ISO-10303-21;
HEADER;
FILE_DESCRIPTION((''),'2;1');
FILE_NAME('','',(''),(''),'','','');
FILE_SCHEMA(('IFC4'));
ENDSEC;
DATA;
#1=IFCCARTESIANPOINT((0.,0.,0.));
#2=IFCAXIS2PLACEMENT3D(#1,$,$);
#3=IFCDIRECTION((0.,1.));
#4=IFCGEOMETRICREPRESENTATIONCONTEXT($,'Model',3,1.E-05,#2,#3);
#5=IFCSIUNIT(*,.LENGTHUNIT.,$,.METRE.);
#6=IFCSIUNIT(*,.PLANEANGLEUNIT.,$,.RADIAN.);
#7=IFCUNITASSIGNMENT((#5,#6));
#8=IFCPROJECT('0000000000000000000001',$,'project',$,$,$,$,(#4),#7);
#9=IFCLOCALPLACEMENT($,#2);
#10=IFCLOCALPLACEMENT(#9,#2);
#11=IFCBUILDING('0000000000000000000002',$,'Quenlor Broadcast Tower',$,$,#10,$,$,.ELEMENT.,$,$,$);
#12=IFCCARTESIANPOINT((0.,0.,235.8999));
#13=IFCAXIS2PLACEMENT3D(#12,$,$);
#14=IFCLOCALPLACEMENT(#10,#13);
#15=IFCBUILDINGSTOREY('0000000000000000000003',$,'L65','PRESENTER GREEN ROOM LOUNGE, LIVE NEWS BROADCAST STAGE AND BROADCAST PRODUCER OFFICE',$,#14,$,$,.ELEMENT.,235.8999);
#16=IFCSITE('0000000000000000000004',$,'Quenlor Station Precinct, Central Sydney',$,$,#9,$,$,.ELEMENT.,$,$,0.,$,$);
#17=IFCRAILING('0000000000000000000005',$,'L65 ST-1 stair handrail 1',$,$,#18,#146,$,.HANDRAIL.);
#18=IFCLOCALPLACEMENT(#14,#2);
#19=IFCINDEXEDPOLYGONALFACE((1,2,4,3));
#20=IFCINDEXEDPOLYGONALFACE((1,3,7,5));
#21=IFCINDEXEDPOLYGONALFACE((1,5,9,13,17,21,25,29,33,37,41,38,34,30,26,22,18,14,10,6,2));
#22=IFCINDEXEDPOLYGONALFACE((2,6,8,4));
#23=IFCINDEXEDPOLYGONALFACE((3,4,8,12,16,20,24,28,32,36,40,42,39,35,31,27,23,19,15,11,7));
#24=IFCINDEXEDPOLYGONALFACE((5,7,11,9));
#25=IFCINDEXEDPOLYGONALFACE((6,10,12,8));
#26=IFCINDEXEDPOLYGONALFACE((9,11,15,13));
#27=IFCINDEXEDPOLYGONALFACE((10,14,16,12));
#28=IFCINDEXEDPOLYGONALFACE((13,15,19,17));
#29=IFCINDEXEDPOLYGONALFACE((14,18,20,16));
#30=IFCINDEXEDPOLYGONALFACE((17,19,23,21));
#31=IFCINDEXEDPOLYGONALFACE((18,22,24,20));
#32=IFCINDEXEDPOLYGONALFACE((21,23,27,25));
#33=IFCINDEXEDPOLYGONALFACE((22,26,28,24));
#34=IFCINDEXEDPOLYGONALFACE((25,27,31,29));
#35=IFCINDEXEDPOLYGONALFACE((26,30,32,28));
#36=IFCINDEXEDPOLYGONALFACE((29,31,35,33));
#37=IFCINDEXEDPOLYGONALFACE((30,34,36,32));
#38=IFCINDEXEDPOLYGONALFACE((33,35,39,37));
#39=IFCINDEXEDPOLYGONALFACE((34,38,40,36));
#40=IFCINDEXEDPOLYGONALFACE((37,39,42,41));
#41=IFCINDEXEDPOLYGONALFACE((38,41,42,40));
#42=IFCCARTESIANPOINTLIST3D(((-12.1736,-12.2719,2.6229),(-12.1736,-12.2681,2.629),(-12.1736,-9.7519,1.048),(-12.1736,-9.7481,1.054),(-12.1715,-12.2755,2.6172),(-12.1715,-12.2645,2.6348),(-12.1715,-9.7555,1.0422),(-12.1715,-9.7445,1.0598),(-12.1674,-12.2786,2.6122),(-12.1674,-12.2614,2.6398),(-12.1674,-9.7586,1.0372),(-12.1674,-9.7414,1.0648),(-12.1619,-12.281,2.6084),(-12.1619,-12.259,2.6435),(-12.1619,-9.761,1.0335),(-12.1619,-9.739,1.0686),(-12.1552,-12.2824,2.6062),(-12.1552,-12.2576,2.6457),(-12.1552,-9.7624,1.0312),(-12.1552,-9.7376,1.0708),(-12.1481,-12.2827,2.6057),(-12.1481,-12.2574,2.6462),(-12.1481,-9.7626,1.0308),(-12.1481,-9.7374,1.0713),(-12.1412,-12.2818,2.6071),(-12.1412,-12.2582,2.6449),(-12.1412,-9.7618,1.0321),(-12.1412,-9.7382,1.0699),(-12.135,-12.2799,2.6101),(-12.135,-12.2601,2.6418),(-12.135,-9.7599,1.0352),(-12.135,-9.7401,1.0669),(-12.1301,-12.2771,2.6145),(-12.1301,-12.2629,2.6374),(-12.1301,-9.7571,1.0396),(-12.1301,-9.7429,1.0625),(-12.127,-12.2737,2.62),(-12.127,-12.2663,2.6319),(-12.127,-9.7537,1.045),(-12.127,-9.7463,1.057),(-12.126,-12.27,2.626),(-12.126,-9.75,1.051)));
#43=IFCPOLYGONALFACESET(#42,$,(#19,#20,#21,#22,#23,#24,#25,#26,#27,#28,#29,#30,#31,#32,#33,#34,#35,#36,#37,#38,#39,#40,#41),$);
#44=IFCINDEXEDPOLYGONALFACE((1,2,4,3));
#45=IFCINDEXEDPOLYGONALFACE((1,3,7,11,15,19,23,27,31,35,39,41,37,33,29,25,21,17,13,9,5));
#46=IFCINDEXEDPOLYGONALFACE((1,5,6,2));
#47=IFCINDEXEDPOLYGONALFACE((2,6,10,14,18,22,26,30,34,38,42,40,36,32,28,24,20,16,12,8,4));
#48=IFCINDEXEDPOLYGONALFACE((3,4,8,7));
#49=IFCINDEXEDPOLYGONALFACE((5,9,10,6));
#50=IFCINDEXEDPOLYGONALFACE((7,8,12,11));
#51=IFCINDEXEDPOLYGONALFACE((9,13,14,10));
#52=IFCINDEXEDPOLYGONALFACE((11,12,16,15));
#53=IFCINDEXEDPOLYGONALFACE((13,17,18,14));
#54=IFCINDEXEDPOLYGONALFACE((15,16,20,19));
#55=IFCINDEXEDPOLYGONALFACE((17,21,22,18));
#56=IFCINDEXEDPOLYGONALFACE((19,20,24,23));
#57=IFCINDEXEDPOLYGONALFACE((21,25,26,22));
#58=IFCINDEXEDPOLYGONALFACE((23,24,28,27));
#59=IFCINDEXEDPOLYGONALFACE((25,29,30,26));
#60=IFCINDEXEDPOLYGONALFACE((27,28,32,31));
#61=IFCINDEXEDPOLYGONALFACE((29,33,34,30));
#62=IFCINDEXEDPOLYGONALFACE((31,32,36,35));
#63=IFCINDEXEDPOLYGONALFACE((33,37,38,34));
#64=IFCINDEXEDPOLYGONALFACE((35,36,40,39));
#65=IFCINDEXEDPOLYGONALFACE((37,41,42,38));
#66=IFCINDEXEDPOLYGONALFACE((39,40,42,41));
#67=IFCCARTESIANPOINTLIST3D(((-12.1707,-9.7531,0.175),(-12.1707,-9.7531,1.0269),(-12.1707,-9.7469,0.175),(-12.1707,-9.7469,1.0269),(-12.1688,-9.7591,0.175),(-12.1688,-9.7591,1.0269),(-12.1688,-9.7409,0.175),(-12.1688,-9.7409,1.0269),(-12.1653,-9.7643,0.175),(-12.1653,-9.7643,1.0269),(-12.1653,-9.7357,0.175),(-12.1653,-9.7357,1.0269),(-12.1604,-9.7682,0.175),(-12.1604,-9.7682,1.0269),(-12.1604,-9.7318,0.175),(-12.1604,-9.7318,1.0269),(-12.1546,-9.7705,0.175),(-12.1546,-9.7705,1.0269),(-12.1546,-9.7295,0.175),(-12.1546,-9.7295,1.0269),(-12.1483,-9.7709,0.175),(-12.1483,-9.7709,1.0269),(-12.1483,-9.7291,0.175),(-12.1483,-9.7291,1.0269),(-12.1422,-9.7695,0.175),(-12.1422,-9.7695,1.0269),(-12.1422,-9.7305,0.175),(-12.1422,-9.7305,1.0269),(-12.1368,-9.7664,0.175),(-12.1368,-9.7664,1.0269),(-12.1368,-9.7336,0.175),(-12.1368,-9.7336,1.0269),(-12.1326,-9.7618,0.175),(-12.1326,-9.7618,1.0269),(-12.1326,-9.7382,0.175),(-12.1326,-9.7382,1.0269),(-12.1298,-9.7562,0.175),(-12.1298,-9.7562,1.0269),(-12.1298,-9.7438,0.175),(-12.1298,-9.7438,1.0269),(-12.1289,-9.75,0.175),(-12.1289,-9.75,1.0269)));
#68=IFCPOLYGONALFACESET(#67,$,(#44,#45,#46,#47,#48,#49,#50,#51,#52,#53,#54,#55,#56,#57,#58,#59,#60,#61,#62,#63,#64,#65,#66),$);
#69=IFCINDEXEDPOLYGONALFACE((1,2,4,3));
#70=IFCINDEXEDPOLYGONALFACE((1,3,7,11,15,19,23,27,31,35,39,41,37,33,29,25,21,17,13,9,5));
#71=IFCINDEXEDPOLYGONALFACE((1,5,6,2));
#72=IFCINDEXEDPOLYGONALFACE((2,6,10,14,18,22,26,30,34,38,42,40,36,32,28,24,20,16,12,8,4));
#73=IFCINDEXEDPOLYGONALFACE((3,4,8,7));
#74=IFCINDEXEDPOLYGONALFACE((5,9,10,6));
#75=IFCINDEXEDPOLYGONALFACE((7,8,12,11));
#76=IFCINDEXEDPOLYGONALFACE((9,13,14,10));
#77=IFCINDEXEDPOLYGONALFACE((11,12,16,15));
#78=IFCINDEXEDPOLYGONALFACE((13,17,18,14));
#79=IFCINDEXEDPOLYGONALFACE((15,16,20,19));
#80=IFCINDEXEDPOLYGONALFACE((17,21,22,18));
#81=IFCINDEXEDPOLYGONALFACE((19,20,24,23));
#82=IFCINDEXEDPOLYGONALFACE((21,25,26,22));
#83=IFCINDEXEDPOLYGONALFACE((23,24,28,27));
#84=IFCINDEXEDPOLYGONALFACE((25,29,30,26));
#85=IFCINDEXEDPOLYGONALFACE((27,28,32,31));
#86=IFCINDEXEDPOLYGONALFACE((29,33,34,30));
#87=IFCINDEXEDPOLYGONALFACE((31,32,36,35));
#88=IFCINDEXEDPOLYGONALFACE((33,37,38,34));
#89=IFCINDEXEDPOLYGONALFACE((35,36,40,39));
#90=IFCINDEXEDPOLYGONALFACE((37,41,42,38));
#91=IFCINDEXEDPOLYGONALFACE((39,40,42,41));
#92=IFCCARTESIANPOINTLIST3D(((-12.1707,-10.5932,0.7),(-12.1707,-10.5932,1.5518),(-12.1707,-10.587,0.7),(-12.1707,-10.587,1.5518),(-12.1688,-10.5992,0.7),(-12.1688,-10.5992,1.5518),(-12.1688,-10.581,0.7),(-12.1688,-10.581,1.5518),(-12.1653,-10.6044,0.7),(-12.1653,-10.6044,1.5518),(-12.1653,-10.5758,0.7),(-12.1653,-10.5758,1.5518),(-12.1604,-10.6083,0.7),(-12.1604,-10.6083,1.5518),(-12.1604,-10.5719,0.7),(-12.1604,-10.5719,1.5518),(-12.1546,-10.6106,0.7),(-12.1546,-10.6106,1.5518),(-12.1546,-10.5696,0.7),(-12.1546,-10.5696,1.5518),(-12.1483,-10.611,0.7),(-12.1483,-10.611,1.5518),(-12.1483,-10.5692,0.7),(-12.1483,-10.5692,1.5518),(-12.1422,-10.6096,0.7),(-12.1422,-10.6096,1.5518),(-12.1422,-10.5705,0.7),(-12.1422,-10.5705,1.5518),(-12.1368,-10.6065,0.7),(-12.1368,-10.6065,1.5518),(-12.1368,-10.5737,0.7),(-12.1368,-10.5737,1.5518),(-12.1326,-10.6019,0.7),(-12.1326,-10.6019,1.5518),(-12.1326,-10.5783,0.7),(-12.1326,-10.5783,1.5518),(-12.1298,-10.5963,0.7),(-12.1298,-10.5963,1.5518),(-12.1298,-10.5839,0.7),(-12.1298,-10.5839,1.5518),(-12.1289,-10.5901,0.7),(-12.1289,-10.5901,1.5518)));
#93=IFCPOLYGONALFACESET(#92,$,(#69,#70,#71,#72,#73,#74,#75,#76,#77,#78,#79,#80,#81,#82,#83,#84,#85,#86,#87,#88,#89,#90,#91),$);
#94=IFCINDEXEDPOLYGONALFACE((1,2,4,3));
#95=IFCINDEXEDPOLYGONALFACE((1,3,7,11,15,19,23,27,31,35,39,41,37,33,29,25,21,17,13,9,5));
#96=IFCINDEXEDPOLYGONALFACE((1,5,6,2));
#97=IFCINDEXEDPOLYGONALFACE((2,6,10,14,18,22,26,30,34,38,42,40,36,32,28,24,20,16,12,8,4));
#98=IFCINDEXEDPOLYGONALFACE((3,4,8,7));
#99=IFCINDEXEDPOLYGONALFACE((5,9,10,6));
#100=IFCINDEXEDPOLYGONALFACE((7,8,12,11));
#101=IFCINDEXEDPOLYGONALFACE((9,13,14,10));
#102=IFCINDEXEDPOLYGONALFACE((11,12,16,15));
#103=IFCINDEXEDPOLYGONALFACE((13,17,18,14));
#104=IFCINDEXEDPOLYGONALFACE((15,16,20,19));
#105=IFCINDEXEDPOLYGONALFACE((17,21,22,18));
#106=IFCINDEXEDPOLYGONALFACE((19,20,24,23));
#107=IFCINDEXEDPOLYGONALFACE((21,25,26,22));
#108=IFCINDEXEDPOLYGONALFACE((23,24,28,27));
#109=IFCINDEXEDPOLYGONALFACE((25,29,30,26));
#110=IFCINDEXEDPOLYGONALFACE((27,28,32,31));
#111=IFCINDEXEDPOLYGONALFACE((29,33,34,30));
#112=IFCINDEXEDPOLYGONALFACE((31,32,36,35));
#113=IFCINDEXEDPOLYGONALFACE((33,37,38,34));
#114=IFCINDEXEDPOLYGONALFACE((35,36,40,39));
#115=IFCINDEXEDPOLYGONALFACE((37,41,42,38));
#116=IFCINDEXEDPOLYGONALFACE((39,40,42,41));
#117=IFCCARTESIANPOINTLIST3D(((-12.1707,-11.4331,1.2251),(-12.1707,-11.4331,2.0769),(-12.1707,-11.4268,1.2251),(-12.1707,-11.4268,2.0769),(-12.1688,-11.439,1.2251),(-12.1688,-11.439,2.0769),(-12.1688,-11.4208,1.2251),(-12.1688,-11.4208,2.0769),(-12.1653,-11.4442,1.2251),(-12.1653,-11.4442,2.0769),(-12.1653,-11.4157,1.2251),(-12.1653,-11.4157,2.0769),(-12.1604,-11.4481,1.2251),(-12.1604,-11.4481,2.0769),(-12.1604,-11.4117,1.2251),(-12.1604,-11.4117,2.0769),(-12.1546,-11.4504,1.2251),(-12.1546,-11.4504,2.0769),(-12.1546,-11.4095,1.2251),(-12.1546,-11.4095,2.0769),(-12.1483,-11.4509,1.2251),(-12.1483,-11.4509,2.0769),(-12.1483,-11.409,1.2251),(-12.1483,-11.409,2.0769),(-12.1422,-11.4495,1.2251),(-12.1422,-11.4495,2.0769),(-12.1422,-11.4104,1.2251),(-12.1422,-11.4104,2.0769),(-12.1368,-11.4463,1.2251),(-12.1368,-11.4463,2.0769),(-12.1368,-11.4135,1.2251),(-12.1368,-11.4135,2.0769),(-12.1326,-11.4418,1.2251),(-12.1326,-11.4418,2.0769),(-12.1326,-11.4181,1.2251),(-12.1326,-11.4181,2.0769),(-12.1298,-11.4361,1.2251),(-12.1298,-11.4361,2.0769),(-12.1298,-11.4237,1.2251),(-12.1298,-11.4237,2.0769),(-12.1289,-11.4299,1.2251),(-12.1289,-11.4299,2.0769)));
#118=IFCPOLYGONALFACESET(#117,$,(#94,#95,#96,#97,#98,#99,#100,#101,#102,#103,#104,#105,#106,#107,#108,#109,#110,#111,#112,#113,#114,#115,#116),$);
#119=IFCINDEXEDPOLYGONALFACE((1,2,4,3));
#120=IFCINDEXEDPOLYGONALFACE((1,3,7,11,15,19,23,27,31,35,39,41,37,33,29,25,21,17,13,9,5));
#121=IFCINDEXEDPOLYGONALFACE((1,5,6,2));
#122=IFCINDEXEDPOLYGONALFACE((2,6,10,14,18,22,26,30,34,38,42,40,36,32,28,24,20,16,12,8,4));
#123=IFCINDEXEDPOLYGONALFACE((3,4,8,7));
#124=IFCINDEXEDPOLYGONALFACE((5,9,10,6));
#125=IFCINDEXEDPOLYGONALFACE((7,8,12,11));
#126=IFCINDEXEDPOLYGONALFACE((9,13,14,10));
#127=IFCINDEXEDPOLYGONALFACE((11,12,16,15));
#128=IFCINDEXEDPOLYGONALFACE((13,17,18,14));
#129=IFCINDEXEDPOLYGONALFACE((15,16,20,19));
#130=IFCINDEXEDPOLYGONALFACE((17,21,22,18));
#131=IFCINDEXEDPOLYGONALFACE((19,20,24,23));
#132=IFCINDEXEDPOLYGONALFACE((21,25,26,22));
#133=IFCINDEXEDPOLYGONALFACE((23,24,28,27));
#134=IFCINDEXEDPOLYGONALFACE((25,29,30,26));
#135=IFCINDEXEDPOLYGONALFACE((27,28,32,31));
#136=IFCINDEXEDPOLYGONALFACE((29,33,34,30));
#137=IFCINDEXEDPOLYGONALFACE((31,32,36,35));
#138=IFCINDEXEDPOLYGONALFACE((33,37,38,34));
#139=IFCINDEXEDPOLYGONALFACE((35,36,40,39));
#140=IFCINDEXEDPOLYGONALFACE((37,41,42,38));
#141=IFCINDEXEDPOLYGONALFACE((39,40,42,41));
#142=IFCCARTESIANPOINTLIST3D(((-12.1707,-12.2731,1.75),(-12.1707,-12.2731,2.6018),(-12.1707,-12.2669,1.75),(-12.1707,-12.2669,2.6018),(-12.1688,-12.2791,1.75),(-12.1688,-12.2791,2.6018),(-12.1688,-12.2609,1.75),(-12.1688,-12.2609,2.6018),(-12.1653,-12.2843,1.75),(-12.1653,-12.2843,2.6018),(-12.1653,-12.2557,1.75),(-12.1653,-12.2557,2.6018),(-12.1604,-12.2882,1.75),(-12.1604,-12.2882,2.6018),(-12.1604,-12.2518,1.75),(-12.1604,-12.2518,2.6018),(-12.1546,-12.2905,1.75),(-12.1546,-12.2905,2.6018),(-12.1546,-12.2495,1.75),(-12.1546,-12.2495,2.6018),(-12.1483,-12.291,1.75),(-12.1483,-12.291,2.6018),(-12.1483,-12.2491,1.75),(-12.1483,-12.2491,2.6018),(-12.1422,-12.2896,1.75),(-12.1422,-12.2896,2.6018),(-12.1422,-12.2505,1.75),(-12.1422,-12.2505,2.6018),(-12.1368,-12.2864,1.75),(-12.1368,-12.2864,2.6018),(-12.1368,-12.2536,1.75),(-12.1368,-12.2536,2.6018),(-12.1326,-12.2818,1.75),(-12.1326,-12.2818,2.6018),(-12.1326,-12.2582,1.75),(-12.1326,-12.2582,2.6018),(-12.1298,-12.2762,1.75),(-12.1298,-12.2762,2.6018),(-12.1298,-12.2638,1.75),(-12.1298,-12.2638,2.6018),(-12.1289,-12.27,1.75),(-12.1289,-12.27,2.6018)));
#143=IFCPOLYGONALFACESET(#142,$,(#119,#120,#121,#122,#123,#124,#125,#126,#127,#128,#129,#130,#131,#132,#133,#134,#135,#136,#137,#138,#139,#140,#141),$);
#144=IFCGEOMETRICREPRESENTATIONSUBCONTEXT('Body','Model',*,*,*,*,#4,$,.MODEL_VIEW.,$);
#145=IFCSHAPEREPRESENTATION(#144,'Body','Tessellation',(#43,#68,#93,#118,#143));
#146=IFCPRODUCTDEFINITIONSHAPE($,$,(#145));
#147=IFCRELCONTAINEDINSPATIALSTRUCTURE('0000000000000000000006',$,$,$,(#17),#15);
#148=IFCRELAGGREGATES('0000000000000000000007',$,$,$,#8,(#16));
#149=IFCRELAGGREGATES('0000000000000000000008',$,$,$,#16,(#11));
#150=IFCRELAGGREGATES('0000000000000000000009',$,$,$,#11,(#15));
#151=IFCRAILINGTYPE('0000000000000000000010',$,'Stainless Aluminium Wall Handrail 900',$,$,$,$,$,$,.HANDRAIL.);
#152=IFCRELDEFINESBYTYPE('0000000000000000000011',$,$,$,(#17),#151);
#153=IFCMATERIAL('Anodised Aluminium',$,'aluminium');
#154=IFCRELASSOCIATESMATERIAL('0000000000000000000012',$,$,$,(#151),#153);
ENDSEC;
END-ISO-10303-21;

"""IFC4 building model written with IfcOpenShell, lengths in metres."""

from ifc_helpers import new_model, si_unit, direction, frame, origin, origin_2d, place, context, subcontext, project, spatial, circle, extrude, material, type_object, element, save


model = new_model("IFC4")

# Units and contexts
model_context = context("Model", 3, precision=1e-05, world=origin(), true_north=direction((0.0, 1.0)))
body_context = subcontext(model_context, "Body", "Model", "MODEL_VIEW")
ifc_project = project(units=[si_unit("LENGTHUNIT", "METRE"), si_unit("PLANEANGLEUNIT", "RADIAN")], contexts=[model_context])

# Site, building, storey
site_placement = place(None, origin())
site = spatial("IfcSite", under=ifc_project, at=site_placement, Name="Quenlor Station Precinct, Central Sydney", CompositionType="ELEMENT", RefElevation=0.0)
building_placement = place(site_placement, origin())
building = spatial("IfcBuilding", under=site, at=building_placement, Name="Quenlor Broadcast Tower", CompositionType="ELEMENT")
storey_placement = place(building_placement, frame((0.0, 0.0, 235.8999)))
storey = spatial("IfcBuildingStorey", under=building, at=storey_placement, Name="L65", Description="PRESENTER GREEN ROOM LOUNGE, LIVE NEWS BROADCAST STAGE AND BROADCAST PRODUCER OFFICE", CompositionType="ELEMENT", Elevation=235.8999)

# Railing
ifc_material_1 = material(Name="Anodised Aluminium", Category="aluminium")
railing_type = type_object("IfcRailingType", Name="Stainless Aluminium Wall Handrail 900", PredefinedType="HANDRAIL", material=ifc_material_1)
railing_placement = place(storey_placement, frame((-12.1499, -9.75, 0.175)))
element("IfcRailing", 1, at=railing_placement, inside=storey, type_object=railing_type, Name="L65 ST-1 stair handrail 1", PredefinedType="HANDRAIL", context=body_context, shape_type="SweptSolid", body=[
    extrude(circle(Radius=0.0239, at=origin_2d()), frame((0.0, 0.0, 0.876), z_axis=(0.0, -0.848008, 0.529984), x_axis=(1.0, 0.0, 0.0)), (0.0, 0.0, 1.0), 2.9717),
    extrude(circle(Radius=0.021, at=origin_2d()), origin(), (0.0, 0.0, 1.0), 0.8518),
    extrude(circle(Radius=0.021, at=origin_2d()), frame((0.0, -0.8401, 0.5249)), (0.0, 0.0, 1.0), 0.8518),
    extrude(circle(Radius=0.021, at=origin_2d()), frame((0.0, -1.6799, 1.05)), (0.0, 0.0, 1.0), 0.8518),
    extrude(circle(Radius=0.021, at=origin_2d()), frame((0.0, -2.52, 1.575)), (0.0, 0.0, 1.0), 0.8518),
])

save(model, "model.ifc")
